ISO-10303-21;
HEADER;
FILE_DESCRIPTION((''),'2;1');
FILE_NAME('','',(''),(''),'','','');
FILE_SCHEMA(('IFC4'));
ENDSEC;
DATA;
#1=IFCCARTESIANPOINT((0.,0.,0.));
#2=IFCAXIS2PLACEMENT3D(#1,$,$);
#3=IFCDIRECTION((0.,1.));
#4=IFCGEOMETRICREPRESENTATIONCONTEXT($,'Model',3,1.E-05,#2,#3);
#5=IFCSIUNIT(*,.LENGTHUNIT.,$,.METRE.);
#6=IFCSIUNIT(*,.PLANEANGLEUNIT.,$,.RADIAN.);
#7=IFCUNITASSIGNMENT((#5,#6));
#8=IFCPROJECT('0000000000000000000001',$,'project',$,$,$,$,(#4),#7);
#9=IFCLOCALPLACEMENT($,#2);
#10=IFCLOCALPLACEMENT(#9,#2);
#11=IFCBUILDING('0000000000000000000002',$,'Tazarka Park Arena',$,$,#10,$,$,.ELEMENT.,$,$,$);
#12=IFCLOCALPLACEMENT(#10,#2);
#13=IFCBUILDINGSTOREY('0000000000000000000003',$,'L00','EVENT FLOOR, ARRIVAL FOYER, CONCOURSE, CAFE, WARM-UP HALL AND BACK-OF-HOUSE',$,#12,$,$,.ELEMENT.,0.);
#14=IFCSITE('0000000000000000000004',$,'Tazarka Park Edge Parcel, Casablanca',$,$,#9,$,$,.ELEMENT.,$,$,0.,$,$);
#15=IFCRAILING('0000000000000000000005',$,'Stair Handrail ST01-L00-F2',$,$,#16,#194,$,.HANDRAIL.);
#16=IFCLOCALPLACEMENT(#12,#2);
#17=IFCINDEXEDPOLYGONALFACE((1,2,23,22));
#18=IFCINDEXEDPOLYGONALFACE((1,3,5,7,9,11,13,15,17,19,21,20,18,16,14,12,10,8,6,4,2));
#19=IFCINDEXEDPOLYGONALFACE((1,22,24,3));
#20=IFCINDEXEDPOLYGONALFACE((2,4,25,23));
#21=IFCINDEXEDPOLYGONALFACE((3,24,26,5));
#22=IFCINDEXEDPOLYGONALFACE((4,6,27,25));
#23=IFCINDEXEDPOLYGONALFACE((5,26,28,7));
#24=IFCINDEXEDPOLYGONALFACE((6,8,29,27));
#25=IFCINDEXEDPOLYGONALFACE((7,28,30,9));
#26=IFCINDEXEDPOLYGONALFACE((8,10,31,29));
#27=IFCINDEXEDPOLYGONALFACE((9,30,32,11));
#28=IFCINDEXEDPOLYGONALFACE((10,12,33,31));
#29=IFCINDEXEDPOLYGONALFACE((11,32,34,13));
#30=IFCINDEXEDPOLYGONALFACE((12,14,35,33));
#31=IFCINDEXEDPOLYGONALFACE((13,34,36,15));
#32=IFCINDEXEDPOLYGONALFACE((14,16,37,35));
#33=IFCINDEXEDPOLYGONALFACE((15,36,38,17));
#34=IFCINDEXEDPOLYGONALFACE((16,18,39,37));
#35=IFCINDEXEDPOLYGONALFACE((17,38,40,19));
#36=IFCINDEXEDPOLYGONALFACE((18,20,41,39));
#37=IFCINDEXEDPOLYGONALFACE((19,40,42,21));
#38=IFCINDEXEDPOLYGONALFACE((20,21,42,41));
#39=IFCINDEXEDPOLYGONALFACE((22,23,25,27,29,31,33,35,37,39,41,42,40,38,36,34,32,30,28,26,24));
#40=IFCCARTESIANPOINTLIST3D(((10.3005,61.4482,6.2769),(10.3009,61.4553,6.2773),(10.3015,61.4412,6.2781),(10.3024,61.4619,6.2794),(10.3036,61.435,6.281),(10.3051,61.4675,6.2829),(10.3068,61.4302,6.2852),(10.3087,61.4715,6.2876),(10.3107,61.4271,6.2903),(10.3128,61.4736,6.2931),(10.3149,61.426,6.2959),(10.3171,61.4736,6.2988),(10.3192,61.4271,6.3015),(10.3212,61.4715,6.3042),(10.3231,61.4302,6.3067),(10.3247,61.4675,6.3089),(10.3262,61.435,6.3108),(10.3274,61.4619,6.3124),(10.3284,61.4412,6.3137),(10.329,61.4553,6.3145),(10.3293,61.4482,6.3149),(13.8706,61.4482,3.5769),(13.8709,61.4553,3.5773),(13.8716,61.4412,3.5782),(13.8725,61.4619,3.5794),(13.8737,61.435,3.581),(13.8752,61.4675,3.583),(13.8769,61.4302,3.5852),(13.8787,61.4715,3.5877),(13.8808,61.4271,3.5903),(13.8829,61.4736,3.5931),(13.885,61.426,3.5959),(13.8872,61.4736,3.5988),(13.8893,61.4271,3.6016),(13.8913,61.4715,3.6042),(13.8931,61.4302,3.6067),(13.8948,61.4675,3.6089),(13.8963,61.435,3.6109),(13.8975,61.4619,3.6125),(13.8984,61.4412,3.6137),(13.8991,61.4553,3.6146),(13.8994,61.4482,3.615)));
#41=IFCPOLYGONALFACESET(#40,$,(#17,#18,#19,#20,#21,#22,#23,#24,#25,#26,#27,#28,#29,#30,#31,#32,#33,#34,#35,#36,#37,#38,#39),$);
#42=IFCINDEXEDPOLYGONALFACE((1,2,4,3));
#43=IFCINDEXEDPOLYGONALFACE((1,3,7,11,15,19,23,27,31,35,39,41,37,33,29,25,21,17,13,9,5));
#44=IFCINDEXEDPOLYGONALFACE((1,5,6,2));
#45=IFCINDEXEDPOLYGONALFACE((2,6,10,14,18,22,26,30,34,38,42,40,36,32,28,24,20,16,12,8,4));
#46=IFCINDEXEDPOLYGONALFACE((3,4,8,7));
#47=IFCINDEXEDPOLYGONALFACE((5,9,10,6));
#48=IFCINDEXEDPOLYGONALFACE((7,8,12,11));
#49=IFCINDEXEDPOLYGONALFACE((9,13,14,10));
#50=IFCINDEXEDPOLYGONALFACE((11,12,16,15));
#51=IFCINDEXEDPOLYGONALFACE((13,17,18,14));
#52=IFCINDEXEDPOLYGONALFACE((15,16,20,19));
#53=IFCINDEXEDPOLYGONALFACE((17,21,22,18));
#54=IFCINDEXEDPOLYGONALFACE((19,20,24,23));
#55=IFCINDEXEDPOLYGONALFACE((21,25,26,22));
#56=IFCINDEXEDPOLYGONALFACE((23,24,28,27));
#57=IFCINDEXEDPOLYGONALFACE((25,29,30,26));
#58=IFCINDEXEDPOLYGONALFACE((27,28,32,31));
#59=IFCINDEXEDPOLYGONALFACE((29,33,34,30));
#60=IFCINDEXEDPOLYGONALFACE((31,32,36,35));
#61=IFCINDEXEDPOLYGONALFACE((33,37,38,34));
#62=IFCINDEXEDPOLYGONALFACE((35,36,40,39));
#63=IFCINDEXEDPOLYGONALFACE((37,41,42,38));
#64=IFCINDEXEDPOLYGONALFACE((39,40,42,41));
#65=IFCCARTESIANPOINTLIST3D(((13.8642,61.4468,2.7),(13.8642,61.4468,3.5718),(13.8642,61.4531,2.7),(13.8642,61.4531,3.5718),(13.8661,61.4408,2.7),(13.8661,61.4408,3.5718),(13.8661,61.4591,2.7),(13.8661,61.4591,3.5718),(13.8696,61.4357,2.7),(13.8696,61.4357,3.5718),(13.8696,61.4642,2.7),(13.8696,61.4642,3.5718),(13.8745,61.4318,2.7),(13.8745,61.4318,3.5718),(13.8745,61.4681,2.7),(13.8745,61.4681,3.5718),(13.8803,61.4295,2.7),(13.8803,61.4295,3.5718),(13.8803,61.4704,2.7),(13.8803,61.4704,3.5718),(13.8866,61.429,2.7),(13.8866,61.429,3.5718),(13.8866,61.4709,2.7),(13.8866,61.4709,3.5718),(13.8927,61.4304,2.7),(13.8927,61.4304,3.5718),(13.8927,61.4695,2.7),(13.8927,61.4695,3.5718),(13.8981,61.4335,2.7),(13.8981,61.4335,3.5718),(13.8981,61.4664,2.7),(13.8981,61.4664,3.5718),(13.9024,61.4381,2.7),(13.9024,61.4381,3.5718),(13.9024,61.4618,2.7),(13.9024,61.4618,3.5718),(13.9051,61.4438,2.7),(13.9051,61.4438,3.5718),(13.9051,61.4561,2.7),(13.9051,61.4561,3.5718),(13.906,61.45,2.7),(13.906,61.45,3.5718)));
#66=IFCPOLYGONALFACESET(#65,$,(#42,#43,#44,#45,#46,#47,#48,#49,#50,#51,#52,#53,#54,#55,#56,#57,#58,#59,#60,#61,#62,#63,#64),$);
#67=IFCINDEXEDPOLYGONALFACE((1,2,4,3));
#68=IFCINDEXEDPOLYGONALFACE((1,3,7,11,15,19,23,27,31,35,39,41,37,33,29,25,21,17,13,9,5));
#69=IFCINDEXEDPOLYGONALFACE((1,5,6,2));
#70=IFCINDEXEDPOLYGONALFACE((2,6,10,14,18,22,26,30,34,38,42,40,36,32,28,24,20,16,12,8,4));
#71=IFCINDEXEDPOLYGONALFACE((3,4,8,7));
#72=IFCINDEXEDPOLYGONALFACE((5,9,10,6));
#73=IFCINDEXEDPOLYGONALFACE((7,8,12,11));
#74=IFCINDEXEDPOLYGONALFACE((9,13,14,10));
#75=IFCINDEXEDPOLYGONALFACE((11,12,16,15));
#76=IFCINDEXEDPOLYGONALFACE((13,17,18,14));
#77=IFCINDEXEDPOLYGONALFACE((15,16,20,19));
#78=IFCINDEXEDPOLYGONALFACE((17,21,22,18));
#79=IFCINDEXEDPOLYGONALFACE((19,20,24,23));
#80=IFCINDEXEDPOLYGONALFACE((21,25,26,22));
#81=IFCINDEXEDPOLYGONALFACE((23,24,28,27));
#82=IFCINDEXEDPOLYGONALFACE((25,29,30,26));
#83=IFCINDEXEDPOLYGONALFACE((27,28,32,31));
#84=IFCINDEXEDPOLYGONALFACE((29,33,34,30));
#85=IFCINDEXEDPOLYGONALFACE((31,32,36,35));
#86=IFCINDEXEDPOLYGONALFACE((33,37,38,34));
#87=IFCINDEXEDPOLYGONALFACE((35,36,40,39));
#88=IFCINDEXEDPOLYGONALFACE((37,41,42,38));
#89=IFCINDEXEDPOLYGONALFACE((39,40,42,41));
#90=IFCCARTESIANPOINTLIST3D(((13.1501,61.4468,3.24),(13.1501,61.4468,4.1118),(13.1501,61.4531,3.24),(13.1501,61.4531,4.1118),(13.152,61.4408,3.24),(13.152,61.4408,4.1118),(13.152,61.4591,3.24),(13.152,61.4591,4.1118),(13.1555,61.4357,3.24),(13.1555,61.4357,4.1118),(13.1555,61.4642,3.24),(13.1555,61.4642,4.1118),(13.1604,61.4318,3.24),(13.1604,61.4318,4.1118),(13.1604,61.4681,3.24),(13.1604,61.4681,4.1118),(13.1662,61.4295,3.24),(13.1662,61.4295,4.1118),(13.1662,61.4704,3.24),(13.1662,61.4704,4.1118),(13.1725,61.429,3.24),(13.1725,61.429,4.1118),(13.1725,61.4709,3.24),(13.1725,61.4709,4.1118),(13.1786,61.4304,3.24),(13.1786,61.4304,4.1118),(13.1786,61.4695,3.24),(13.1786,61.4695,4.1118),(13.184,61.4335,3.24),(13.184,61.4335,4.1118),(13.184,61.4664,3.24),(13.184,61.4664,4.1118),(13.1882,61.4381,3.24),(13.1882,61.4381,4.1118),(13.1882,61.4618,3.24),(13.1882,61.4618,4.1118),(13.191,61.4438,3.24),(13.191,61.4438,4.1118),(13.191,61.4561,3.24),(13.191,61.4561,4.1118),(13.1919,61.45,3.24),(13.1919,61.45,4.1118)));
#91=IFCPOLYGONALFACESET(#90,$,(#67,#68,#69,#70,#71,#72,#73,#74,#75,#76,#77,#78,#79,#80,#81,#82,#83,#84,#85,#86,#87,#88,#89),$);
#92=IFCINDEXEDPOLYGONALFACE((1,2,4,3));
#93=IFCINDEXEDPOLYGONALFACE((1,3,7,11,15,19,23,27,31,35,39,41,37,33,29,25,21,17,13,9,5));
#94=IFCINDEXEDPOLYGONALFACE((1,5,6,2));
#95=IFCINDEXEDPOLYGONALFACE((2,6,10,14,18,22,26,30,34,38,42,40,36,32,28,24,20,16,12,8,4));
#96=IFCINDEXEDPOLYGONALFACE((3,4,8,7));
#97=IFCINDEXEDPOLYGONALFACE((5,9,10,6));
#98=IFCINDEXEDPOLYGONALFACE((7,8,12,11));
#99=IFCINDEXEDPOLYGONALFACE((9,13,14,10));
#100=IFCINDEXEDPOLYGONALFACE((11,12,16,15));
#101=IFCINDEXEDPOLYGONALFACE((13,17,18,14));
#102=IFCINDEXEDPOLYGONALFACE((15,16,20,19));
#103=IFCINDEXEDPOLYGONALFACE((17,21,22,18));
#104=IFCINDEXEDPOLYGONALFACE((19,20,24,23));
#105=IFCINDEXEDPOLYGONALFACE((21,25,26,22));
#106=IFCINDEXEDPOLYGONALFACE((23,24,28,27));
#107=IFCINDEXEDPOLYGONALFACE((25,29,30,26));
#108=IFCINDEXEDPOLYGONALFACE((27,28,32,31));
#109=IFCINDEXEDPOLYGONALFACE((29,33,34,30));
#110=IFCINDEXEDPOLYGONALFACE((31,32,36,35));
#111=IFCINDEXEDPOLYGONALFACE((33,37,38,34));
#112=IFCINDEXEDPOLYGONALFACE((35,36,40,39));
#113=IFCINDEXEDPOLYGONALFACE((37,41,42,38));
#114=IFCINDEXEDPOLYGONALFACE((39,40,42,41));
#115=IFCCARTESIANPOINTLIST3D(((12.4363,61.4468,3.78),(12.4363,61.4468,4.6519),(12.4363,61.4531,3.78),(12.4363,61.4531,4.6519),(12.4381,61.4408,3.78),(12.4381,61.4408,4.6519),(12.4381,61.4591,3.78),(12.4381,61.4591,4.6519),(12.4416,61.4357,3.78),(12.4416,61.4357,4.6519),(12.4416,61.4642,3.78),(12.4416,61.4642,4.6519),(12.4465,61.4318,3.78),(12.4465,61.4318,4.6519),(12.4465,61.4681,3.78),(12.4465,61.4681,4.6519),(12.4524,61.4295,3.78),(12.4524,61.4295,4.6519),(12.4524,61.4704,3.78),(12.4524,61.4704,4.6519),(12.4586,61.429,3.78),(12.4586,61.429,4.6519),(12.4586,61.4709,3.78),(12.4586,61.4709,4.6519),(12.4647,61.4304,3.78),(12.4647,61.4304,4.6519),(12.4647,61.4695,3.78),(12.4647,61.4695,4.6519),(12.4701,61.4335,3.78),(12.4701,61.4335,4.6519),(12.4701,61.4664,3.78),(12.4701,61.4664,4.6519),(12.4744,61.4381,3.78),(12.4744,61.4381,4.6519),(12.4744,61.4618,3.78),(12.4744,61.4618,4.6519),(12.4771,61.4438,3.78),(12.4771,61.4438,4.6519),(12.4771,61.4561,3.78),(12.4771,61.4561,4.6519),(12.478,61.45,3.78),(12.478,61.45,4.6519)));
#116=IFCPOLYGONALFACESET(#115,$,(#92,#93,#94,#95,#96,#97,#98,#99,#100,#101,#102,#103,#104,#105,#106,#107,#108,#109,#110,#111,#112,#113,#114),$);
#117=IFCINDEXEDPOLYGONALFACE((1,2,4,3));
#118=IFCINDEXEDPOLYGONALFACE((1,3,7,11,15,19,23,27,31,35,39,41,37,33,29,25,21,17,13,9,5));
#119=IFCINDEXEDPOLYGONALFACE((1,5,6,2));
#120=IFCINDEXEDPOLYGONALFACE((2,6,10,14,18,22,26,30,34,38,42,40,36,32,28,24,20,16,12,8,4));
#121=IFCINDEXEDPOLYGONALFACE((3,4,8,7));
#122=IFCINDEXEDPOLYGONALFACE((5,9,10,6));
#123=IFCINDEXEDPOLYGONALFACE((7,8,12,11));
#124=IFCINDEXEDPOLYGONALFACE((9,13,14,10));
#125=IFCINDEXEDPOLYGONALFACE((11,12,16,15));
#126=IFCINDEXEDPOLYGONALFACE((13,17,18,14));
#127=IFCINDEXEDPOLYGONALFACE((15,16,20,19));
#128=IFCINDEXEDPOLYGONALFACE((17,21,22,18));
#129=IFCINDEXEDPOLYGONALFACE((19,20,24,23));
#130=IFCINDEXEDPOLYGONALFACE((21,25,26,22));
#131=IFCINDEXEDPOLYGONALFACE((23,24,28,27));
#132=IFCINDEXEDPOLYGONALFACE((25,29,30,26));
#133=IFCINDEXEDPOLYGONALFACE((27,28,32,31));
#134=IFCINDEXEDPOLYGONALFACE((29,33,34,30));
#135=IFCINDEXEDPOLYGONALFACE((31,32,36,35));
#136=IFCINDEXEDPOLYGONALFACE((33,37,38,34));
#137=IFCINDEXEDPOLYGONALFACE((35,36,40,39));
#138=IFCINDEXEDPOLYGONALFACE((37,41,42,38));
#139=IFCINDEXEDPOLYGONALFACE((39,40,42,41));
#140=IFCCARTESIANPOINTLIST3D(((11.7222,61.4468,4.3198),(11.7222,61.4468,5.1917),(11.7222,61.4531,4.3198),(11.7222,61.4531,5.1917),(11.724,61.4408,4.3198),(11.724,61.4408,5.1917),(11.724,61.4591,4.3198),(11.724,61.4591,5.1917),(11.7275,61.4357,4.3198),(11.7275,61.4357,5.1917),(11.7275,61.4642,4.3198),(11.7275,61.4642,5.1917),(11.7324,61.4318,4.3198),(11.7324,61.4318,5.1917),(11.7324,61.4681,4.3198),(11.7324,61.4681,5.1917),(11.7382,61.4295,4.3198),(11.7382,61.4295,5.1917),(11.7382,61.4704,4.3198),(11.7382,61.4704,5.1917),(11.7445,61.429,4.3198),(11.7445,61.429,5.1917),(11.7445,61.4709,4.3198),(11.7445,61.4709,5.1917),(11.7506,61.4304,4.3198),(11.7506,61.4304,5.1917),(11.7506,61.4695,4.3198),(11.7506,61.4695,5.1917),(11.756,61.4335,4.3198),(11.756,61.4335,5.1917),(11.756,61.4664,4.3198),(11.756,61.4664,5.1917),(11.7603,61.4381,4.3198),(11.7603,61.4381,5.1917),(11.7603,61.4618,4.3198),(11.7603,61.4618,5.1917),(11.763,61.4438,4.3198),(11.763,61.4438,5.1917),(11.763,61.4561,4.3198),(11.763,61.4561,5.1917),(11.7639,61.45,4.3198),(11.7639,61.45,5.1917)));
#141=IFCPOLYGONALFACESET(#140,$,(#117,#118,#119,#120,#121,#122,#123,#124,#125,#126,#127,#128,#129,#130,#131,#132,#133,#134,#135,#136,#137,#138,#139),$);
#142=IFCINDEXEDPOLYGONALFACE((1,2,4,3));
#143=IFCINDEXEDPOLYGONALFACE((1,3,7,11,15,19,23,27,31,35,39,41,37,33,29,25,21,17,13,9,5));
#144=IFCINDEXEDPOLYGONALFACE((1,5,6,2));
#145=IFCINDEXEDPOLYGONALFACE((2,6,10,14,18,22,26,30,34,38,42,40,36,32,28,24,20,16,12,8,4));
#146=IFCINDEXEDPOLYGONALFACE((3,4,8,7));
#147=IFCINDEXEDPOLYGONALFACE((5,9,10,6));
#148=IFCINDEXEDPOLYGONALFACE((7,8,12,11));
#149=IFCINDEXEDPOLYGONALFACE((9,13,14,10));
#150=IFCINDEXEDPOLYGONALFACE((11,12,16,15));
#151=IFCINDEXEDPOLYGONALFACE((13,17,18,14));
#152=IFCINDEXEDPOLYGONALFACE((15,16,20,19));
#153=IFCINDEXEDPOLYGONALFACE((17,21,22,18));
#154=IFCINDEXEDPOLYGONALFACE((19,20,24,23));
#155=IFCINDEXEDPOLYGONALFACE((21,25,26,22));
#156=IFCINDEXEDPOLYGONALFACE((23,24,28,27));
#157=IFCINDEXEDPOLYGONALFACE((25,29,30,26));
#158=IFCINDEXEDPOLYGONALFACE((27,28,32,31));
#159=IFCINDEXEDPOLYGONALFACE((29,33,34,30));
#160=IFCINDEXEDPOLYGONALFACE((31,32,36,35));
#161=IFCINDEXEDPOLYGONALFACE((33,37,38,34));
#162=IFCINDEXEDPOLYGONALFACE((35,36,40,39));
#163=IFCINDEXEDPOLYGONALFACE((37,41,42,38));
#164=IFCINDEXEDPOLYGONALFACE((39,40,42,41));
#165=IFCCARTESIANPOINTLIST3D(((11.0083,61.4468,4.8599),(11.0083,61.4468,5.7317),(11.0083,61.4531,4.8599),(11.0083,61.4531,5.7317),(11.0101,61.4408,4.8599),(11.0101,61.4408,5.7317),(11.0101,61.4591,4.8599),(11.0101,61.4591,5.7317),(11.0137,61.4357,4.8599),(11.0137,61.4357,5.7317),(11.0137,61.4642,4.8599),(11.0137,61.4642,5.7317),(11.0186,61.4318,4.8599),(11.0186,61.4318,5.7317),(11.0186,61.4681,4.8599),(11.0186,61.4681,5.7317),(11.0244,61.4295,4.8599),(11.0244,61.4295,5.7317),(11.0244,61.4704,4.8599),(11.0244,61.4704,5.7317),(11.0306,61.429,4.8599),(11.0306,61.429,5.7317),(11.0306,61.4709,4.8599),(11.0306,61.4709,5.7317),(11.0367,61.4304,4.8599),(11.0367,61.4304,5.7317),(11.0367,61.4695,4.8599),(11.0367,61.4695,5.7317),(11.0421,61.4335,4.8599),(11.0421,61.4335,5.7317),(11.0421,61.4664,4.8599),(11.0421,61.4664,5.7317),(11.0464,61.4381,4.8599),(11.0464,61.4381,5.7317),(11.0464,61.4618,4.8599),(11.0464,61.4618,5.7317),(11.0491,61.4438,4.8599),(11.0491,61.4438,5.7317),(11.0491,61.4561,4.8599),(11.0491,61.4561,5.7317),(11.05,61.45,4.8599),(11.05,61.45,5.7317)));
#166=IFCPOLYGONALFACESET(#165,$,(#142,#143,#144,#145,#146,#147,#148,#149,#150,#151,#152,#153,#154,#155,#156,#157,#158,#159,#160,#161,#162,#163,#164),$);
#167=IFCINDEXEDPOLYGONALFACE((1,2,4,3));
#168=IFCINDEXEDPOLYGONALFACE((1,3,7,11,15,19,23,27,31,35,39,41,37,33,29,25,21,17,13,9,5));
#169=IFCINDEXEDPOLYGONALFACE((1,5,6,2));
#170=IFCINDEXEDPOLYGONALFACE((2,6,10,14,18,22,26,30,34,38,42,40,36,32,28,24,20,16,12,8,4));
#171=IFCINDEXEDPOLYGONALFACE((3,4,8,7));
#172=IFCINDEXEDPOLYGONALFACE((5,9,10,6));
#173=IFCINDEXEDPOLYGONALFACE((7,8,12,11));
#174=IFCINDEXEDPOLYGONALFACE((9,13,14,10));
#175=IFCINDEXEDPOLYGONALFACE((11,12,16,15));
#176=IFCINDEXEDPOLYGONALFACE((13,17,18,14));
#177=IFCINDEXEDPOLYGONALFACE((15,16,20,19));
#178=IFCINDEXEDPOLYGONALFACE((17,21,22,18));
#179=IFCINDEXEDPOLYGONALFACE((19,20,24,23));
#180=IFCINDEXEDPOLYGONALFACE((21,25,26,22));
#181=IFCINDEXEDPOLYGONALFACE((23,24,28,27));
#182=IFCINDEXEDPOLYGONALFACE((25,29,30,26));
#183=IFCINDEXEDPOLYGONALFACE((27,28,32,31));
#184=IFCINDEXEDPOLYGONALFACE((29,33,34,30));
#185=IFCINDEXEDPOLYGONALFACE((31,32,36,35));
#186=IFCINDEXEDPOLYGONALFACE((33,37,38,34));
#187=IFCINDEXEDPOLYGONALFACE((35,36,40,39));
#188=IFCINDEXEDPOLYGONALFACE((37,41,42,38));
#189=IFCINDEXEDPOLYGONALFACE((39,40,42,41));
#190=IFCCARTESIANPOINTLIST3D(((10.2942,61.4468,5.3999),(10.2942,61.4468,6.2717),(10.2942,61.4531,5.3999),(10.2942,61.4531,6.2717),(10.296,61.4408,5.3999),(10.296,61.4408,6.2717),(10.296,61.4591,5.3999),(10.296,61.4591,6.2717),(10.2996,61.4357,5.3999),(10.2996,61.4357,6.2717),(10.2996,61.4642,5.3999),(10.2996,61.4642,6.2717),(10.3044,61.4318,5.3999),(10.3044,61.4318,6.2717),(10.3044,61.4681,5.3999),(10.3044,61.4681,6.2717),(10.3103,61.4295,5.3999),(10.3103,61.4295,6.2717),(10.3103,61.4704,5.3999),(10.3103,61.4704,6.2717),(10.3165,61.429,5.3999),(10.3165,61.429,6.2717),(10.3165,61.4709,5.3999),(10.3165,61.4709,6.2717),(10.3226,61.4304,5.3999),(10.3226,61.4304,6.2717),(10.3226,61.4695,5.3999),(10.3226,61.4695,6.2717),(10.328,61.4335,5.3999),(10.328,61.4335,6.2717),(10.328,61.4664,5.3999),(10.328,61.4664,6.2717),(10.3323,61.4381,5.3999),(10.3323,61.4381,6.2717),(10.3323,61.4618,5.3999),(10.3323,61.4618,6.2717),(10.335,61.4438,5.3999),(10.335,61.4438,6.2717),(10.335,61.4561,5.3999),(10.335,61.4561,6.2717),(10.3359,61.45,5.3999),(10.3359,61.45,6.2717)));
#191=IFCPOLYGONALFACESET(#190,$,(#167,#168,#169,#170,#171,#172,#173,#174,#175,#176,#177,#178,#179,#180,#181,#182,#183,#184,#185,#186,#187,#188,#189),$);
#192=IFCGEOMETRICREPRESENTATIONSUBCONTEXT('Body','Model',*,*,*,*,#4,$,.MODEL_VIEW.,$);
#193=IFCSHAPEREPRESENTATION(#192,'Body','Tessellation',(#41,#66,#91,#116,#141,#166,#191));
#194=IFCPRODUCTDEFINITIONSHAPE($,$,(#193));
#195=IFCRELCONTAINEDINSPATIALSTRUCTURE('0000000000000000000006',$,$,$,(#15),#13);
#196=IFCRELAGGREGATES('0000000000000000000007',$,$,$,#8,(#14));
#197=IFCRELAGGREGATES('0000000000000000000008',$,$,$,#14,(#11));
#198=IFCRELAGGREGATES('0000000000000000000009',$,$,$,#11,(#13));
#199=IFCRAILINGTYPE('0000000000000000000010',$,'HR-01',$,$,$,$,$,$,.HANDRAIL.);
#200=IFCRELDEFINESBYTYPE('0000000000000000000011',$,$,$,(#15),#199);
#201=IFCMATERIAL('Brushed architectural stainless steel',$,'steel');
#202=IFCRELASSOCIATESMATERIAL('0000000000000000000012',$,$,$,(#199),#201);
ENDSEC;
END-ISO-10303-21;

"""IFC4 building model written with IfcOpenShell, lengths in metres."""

from ifc_helpers import new_model, si_unit, direction, frame, origin, origin_2d, place, context, subcontext, project, spatial, circle, extrude, material, type_object, element, save


model = new_model("IFC4")

# Units and contexts
model_context = context("Model", 3, precision=1e-05, world=origin(), true_north=direction((0.0, 1.0)))
body_context = subcontext(model_context, "Body", "Model", "MODEL_VIEW")
ifc_project = project(units=[si_unit("LENGTHUNIT", "METRE"), si_unit("PLANEANGLEUNIT", "RADIAN")], contexts=[model_context])

# Site, building, storey
site_placement = place(None, origin())
site = spatial("IfcSite", under=ifc_project, at=site_placement, Name="Tazarka Park Edge Parcel, Casablanca", CompositionType="ELEMENT", RefElevation=0.0)
building_placement = place(site_placement, origin())
building = spatial("IfcBuilding", under=site, at=building_placement, Name="Tazarka Park Arena", CompositionType="ELEMENT")
storey_placement = place(building_placement, origin())
storey = spatial("IfcBuildingStorey", under=building, at=storey_placement, Name="L00", Description="EVENT FLOOR, ARRIVAL FOYER, CONCOURSE, CAFE, WARM-UP HALL AND BACK-OF-HOUSE", CompositionType="ELEMENT", Elevation=0.0)

# Railing
ifc_material_1 = material(Name="Brushed architectural stainless steel", Category="steel")
railing_type_1 = type_object("IfcRailingType", Name="HR-01", PredefinedType="HANDRAIL", material=ifc_material_1)
railing_1_placement = place(storey_placement, frame((13.885, 61.45, 2.7)))
element("IfcRailing", 1, at=railing_1_placement, inside=storey, type_object=railing_type_1, Name="Stair Handrail ST01-L00-F2", PredefinedType="HANDRAIL", context=body_context, shape_type="SweptSolid", body=[
    extrude(circle(Radius=0.0239, at=origin_2d()), frame((0.0, 0.0, 0.896), z_axis=(-0.797591, 0.0, 0.603198), x_axis=(0.0, -1.0, 0.0)), (0.0, 0.0, 1.0), 4.4761),
    extrude(circle(Radius=0.021, at=origin_2d()), origin(), (0.0, 0.0, 1.0), 0.8718),
    extrude(circle(Radius=0.021, at=origin_2d()), frame((-0.7141, 0.0, 0.54)), (0.0, 0.0, 1.0), 0.8718),
    extrude(circle(Radius=0.021, at=origin_2d()), frame((-1.428, 0.0, 1.0801)), (0.0, 0.0, 1.0), 0.8718),
    extrude(circle(Radius=0.021, at=origin_2d()), frame((-2.1421, 0.0, 1.6199)), (0.0, 0.0, 1.0), 0.8718),
    extrude(circle(Radius=0.021, at=origin_2d()), frame((-2.856, 0.0, 2.1599)), (0.0, 0.0, 1.0), 0.8718),
    extrude(circle(Radius=0.021, at=origin_2d()), frame((-3.5701, 0.0, 2.7)), (0.0, 0.0, 1.0), 0.8718),
])

save(model, "model.ifc")
